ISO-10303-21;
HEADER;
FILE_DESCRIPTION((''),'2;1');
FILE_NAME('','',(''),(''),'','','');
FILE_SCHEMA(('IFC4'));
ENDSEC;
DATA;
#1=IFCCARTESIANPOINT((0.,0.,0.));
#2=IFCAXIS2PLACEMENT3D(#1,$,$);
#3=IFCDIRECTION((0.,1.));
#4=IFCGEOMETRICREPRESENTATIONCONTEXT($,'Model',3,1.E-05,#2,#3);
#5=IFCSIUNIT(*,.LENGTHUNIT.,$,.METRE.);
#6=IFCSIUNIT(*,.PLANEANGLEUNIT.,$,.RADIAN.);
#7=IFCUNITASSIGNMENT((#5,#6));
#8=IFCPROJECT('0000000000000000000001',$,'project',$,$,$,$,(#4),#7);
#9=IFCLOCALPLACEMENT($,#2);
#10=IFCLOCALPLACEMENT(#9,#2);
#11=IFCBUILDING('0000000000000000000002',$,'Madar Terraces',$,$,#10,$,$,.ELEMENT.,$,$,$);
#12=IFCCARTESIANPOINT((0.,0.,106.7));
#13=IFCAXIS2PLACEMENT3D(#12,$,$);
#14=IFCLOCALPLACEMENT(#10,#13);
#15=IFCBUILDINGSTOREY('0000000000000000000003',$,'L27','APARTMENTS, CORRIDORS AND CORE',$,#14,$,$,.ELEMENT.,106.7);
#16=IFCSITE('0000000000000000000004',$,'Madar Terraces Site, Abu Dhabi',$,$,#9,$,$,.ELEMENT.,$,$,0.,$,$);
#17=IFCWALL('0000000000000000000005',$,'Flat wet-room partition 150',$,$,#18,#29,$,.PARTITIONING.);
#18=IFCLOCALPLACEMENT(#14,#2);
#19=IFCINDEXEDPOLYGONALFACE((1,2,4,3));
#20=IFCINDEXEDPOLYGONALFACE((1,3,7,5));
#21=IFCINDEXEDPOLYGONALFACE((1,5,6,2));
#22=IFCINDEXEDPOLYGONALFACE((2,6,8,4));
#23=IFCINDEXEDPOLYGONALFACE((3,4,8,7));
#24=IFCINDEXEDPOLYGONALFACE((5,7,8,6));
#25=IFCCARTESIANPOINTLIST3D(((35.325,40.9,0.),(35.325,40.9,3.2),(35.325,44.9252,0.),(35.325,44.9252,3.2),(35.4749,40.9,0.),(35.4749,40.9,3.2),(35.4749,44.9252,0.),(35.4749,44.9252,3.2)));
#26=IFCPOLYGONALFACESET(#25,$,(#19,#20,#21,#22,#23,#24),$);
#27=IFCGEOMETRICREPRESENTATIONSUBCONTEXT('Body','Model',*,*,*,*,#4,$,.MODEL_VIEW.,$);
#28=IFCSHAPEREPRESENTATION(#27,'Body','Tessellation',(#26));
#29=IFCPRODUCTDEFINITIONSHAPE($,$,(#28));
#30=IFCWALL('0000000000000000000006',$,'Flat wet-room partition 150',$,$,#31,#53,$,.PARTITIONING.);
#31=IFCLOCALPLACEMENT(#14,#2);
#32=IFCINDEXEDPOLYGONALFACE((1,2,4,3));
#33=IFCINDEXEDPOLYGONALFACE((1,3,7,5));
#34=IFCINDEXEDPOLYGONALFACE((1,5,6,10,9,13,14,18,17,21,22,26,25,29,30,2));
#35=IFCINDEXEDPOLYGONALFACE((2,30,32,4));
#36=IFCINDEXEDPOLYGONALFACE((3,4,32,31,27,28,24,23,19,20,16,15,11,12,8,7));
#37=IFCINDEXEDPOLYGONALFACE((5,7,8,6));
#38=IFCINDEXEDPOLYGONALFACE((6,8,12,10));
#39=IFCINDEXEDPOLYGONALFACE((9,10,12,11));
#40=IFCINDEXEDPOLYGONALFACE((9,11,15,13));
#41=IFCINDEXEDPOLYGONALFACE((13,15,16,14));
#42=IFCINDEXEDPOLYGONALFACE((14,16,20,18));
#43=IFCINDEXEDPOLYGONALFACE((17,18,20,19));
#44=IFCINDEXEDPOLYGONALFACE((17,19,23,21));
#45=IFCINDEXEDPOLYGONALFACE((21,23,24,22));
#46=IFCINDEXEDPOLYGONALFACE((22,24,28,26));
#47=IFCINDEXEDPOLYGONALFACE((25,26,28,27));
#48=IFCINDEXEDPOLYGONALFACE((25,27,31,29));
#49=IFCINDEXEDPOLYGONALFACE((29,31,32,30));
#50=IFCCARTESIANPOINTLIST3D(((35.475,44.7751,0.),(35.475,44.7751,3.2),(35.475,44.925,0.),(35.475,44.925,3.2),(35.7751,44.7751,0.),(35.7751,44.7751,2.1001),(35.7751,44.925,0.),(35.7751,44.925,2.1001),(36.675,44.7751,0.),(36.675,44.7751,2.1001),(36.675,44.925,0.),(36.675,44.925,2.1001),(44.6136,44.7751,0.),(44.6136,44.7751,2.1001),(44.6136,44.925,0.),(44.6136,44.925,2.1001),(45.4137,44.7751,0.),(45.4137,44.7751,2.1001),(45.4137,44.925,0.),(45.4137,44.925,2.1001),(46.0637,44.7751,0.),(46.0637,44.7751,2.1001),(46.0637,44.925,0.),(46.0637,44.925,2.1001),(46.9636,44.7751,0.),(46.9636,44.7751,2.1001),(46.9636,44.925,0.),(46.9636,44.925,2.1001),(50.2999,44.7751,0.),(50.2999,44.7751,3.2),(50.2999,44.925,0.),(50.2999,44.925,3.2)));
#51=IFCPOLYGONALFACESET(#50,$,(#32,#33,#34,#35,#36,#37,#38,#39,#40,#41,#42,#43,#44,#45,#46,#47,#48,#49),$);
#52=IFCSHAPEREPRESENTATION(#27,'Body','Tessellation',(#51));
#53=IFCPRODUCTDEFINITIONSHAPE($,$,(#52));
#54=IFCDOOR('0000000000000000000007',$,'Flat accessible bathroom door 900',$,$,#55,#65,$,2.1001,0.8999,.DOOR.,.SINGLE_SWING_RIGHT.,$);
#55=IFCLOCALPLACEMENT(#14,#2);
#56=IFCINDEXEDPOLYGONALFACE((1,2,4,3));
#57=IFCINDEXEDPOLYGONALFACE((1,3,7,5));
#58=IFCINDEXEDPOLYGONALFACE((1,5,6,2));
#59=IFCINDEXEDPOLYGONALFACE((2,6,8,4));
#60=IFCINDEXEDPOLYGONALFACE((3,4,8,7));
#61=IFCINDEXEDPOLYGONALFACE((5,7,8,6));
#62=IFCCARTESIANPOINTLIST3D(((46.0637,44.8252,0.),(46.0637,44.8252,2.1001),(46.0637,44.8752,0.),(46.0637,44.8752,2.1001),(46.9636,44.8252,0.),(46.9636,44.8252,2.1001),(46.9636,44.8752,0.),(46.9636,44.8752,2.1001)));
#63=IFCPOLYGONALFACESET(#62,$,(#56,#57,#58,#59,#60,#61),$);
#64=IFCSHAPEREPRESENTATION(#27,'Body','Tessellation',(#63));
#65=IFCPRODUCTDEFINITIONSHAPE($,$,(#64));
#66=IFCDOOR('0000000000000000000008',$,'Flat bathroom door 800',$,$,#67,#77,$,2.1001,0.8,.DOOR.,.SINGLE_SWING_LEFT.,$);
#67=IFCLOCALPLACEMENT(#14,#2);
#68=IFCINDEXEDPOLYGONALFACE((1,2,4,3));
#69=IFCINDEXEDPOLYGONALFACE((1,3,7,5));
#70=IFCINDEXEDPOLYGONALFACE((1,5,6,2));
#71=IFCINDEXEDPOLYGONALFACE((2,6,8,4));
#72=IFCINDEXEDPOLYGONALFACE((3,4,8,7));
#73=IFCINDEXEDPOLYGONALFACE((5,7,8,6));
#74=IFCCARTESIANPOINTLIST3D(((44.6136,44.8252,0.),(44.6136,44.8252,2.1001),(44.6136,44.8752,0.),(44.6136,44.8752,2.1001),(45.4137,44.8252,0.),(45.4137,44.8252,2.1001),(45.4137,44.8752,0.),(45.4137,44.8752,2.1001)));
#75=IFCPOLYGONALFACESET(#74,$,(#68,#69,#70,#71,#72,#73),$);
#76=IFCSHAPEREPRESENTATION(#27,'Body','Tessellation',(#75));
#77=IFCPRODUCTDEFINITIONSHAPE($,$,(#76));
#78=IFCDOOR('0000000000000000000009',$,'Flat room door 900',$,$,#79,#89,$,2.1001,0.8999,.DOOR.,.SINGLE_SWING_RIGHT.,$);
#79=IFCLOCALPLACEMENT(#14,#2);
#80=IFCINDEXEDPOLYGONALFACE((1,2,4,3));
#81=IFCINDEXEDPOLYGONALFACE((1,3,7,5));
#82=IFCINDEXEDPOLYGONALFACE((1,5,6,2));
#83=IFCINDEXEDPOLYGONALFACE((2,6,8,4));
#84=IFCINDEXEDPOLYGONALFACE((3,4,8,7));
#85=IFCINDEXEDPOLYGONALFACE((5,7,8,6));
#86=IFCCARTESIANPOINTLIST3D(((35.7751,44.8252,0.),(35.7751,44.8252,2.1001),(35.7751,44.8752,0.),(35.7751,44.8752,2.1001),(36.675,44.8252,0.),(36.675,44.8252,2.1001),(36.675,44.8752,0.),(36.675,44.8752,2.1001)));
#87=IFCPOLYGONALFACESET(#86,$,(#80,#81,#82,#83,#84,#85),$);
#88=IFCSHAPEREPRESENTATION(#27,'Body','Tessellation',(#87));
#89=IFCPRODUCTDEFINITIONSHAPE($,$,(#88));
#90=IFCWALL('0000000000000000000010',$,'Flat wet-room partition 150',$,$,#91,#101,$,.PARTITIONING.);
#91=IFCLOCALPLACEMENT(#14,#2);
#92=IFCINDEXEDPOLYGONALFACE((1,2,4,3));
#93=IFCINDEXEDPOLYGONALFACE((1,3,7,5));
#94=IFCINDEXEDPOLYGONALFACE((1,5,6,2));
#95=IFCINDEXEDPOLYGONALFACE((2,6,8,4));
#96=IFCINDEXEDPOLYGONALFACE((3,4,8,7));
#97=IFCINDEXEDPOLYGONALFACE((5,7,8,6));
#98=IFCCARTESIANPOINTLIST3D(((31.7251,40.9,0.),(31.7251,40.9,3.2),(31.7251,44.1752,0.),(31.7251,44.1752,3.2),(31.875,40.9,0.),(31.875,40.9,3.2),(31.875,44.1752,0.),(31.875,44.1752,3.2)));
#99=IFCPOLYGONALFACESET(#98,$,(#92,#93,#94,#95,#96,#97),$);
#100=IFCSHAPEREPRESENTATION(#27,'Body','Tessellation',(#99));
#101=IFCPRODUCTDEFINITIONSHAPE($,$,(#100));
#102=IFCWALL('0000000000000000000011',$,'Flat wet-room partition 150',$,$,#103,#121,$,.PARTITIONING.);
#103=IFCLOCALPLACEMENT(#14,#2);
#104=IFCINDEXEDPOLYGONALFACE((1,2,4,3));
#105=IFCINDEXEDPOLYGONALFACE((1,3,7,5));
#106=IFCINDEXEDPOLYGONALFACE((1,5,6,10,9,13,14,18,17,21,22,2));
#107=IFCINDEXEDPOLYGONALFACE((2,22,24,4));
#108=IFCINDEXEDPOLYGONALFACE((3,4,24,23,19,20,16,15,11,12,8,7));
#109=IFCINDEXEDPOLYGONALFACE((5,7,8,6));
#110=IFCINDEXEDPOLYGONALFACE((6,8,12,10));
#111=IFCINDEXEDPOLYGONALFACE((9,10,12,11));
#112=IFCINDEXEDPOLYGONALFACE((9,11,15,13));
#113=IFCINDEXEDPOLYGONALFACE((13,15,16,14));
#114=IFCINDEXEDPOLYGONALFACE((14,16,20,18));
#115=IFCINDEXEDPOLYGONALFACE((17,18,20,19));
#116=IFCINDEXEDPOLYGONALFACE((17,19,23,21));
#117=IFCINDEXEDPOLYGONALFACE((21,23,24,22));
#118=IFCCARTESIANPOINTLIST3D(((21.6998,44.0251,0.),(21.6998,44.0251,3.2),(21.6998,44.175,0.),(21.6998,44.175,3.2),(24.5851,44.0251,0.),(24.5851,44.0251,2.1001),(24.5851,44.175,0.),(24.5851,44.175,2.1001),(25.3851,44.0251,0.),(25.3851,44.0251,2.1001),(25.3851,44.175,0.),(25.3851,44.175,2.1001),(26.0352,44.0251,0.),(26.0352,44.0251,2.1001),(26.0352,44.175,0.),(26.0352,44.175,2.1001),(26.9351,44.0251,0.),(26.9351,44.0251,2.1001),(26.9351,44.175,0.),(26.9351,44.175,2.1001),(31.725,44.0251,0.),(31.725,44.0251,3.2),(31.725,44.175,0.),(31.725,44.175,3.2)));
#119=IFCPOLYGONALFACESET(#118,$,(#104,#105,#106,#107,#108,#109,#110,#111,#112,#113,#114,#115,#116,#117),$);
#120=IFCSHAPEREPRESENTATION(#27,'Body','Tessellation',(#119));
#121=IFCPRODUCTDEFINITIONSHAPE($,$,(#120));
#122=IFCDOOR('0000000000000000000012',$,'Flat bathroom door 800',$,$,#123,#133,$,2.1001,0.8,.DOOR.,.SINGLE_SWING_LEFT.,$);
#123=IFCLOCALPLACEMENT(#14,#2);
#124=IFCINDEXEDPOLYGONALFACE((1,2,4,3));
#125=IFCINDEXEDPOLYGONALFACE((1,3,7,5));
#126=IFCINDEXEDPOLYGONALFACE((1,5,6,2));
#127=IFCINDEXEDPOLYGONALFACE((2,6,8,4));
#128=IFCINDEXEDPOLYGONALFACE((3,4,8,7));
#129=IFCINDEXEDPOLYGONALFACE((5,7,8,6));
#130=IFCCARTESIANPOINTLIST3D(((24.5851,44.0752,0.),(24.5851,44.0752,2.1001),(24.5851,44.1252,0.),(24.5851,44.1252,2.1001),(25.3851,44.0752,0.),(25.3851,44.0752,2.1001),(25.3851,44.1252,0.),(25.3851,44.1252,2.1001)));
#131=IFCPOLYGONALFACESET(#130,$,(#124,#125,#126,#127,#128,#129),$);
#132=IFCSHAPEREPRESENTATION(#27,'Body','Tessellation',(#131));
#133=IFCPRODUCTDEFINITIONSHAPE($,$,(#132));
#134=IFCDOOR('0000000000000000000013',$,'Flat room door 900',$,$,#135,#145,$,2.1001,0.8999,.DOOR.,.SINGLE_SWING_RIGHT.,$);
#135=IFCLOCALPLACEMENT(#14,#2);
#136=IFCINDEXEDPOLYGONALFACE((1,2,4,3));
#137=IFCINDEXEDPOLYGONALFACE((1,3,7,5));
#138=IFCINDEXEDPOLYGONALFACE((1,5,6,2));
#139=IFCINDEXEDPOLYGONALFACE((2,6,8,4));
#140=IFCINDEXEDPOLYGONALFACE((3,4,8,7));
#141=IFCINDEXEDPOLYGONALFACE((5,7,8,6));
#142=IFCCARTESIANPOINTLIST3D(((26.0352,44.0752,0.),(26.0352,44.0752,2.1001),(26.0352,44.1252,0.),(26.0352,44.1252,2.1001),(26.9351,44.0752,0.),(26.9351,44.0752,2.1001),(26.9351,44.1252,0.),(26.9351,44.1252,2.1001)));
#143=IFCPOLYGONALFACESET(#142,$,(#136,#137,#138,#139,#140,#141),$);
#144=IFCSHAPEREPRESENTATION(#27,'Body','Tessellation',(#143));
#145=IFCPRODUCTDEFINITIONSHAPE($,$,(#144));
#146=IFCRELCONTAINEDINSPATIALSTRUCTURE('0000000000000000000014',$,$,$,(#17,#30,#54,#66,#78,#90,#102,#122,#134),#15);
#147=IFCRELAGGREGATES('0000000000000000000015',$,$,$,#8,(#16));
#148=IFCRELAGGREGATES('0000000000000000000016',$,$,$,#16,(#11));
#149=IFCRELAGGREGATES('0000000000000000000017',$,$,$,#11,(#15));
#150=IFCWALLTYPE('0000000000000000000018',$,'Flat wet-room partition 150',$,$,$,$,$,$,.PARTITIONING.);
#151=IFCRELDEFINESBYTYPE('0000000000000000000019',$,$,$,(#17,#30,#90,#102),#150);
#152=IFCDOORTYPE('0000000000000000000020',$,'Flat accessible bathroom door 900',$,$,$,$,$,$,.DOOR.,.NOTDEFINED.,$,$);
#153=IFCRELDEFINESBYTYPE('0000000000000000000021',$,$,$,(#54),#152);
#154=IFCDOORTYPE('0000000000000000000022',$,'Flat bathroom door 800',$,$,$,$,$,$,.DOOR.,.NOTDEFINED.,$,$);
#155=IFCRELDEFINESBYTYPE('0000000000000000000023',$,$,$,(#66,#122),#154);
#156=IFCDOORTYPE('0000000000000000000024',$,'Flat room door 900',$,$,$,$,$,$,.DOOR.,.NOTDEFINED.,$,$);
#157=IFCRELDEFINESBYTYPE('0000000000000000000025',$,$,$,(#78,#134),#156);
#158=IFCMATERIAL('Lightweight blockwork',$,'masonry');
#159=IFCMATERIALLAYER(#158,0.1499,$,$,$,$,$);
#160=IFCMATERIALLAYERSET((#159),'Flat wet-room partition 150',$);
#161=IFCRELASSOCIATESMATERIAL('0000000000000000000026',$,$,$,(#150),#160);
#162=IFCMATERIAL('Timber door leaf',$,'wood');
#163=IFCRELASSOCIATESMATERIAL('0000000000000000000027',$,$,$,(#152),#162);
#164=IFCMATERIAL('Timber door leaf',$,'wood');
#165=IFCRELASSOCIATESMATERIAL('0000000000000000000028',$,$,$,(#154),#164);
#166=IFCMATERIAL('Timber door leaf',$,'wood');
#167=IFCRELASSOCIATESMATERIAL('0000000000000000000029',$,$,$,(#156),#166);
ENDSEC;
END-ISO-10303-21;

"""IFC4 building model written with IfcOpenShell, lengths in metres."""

from ifc_helpers import new_model, si_unit, direction, frame, frame_2d, origin, place, context, subcontext, project, spatial, rectangle, extrude, material, layer, layer_set, type_object, element, fill, save


model = new_model("IFC4")

# Units and contexts
model_context = context("Model", 3, precision=1e-05, world=origin(), true_north=direction((0.0, 1.0)))
body_context = subcontext(model_context, "Body", "Model", "MODEL_VIEW")
ifc_project = project(units=[si_unit("LENGTHUNIT", "METRE"), si_unit("PLANEANGLEUNIT", "RADIAN")], contexts=[model_context])

# Site, building, storey
site_placement = place(None, origin())
site = spatial("IfcSite", under=ifc_project, at=site_placement, Name="Madar Terraces Site, Abu Dhabi", CompositionType="ELEMENT", RefElevation=0.0)
building_placement = place(site_placement, origin())
building = spatial("IfcBuilding", under=site, at=building_placement, Name="Madar Terraces", CompositionType="ELEMENT")
storey_placement = place(building_placement, frame((0.0, 0.0, 106.7)))
storey = spatial("IfcBuildingStorey", under=building, at=storey_placement, Name="L27", Description="APARTMENTS, CORRIDORS AND CORE", CompositionType="ELEMENT", Elevation=106.7)

# Wall
ifc_material_1 = material(Name="Lightweight blockwork", Category="masonry")
ifc_layer_1 = layer(ifc_material_1, 0.1499)
ifc_layer_set_1 = layer_set([ifc_layer_1], Name="Flat wet-room partition 150")
wall_type_1 = type_object("IfcWallType", Name="Flat wet-room partition 150", PredefinedType="PARTITIONING", material=ifc_layer_set_1)
wall_1_placement = place(storey_placement, frame((35.3999, 40.8999, 0.0), z_axis=(0.0, 0.0, 1.0), x_axis=(0.0, 1.0, 0.0)))
element("IfcWall", 1, at=wall_1_placement, inside=storey, type_object=wall_type_1, Name="Flat wet-room partition 150", PredefinedType="PARTITIONING", context=body_context, shape_type="SweptSolid", body=[
    extrude(rectangle(XDim=4.0251, YDim=0.1499, at=frame_2d((2.0127, 0.0))), origin(), (0.0, 0.0, 1.0), 3.2),
])

# Wall, openings, doors
wall_2_placement = place(storey_placement, frame((50.3, 44.8501, 0.0), z_axis=(0.0, 0.0, 1.0), x_axis=(-1.0, 0.0, 0.0)))
wall_2 = element("IfcWall", 2, at=wall_2_placement, inside=storey, type_object=wall_type_1, Name="Flat wet-room partition 150", PredefinedType="PARTITIONING", context=body_context, shape_type="SweptSolid", body=[
    extrude(rectangle(XDim=14.825, YDim=0.1499, at=frame_2d((7.4126, 0.0))), origin(), (0.0, 0.0, 1.0), 3.2),
])
opening_1_placement = place(wall_2_placement, frame((13.625, 0.0, 0.0)))
opening_1 = element("IfcOpeningElement", 3, at=opening_1_placement, cuts=wall_2, PredefinedType="OPENING", context=body_context, shape_type="SweptSolid", body=[
    extrude(rectangle(XDim=0.8999, YDim=2.1001, at=frame_2d((0.45, 1.05))), frame((0.0, 0.085, 0.0), z_axis=(0.0, -1.0, 0.0), x_axis=(1.0, 0.0, 0.0)), (0.0, 0.0, 1.0), 0.1699),
])
opening_2_placement = place(wall_2_placement, frame((4.8865, 0.0, 0.0)))
opening_2 = element("IfcOpeningElement", 4, at=opening_2_placement, cuts=wall_2, PredefinedType="OPENING", context=body_context, shape_type="SweptSolid", body=[
    extrude(rectangle(XDim=0.8, YDim=2.1001, at=frame_2d((0.3999, 1.05))), frame((0.0, 0.085, 0.0), z_axis=(0.0, -1.0, 0.0), x_axis=(1.0, 0.0, 0.0)), (0.0, 0.0, 1.0), 0.1699),
])
opening_3_placement = place(wall_2_placement, frame((3.3364, 0.0, 0.0)))
opening_3 = element("IfcOpeningElement", 5, at=opening_3_placement, cuts=wall_2, PredefinedType="OPENING", context=body_context, shape_type="SweptSolid", body=[
    extrude(rectangle(XDim=0.8999, YDim=2.1001, at=frame_2d((0.45, 1.05))), frame((0.0, 0.085, 0.0), z_axis=(0.0, -1.0, 0.0), x_axis=(1.0, 0.0, 0.0)), (0.0, 0.0, 1.0), 0.1699),
])
ifc_material_2 = material(Name="Timber door leaf", Category="wood")
door_type_1 = type_object("IfcDoorType", Name="Flat accessible bathroom door 900", OperationType="NOTDEFINED", PredefinedType="DOOR", material=ifc_material_2)
door_1_placement = place(opening_3_placement, origin())
door_1 = element("IfcDoor", 6, at=door_1_placement, inside=storey, type_object=door_type_1, Name="Flat accessible bathroom door 900", OperationType="SINGLE_SWING_RIGHT", OverallHeight=2.1001, OverallWidth=0.8999, PredefinedType="DOOR", context=body_context, shape_type="SweptSolid", body=[
    extrude(rectangle(XDim=0.8999, YDim=2.1001, at=frame_2d((0.45, 1.05))), frame((0.0, 0.0249, 0.0), z_axis=(0.0, -1.0, 0.0), x_axis=(1.0, 0.0, 0.0)), (0.0, 0.0, 1.0), 0.05),
])
fill(opening_3, door_1)
ifc_material_3 = material(Name="Timber door leaf", Category="wood")
door_type_2 = type_object("IfcDoorType", Name="Flat bathroom door 800", OperationType="NOTDEFINED", PredefinedType="DOOR", material=ifc_material_3)
door_2_placement = place(opening_2_placement, origin())
door_2 = element("IfcDoor", 7, at=door_2_placement, inside=storey, type_object=door_type_2, Name="Flat bathroom door 800", OperationType="SINGLE_SWING_LEFT", OverallHeight=2.1001, OverallWidth=0.8, PredefinedType="DOOR", context=body_context, shape_type="SweptSolid", body=[
    extrude(rectangle(XDim=0.8, YDim=2.1001, at=frame_2d((0.3999, 1.05))), frame((0.0, 0.0249, 0.0), z_axis=(0.0, -1.0, 0.0), x_axis=(1.0, 0.0, 0.0)), (0.0, 0.0, 1.0), 0.05),
])
fill(opening_2, door_2)
ifc_material_4 = material(Name="Timber door leaf", Category="wood")
door_type_3 = type_object("IfcDoorType", Name="Flat room door 900", OperationType="NOTDEFINED", PredefinedType="DOOR", material=ifc_material_4)
door_3_placement = place(opening_1_placement, origin())
door_3 = element("IfcDoor", 8, at=door_3_placement, inside=storey, type_object=door_type_3, Name="Flat room door 900", OperationType="SINGLE_SWING_RIGHT", OverallHeight=2.1001, OverallWidth=0.8999, PredefinedType="DOOR", context=body_context, shape_type="SweptSolid", body=[
    extrude(rectangle(XDim=0.8999, YDim=2.1001, at=frame_2d((0.45, 1.05))), frame((0.0, 0.0249, 0.0), z_axis=(0.0, -1.0, 0.0), x_axis=(1.0, 0.0, 0.0)), (0.0, 0.0, 1.0), 0.05),
])
fill(opening_1, door_3)

# Wall
wall_3_placement = place(storey_placement, frame((31.8, 40.8999, 0.0), z_axis=(0.0, 0.0, 1.0), x_axis=(0.0, 1.0, 0.0)))
element("IfcWall", 9, at=wall_3_placement, inside=storey, type_object=wall_type_1, Name="Flat wet-room partition 150", PredefinedType="PARTITIONING", context=body_context, shape_type="SweptSolid", body=[
    extrude(rectangle(XDim=3.2751, YDim=0.1499, at=frame_2d((1.6377, 0.0))), origin(), (0.0, 0.0, 1.0), 3.2),
])

# Wall, openings, doors
wall_4_placement = place(storey_placement, frame((31.7251, 44.1001, 0.0), z_axis=(0.0, 0.0, 1.0), x_axis=(-1.0, 0.0, 0.0)))
wall_4 = element("IfcWall", 10, at=wall_4_placement, inside=storey, type_object=wall_type_1, Name="Flat wet-room partition 150", PredefinedType="PARTITIONING", context=body_context, shape_type="SweptSolid", body=[
    extrude(rectangle(XDim=10.0251, YDim=0.1499, at=frame_2d((5.0127, 0.0))), origin(), (0.0, 0.0, 1.0), 3.2),
])
opening_4_placement = place(wall_4_placement, frame((4.79, 0.0, 0.0)))
opening_4 = element("IfcOpeningElement", 11, at=opening_4_placement, cuts=wall_4, PredefinedType="OPENING", context=body_context, shape_type="SweptSolid", body=[
    extrude(rectangle(XDim=0.8999, YDim=2.1001, at=frame_2d((0.45, 1.05))), frame((0.0, 0.085, 0.0), z_axis=(0.0, -1.0, 0.0), x_axis=(1.0, 0.0, 0.0)), (0.0, 0.0, 1.0), 0.1699),
])
opening_5_placement = place(wall_4_placement, frame((6.3401, 0.0, 0.0)))
opening_5 = element("IfcOpeningElement", 12, at=opening_5_placement, cuts=wall_4, PredefinedType="OPENING", context=body_context, shape_type="SweptSolid", body=[
    extrude(rectangle(XDim=0.8, YDim=2.1001, at=frame_2d((0.3999, 1.05))), frame((0.0, 0.085, 0.0), z_axis=(0.0, -1.0, 0.0), x_axis=(1.0, 0.0, 0.0)), (0.0, 0.0, 1.0), 0.1699),
])
door_4_placement = place(opening_5_placement, origin())
door_4 = element("IfcDoor", 13, at=door_4_placement, inside=storey, type_object=door_type_2, Name="Flat bathroom door 800", OperationType="SINGLE_SWING_LEFT", OverallHeight=2.1001, OverallWidth=0.8, PredefinedType="DOOR", context=body_context, shape_type="SweptSolid", body=[
    extrude(rectangle(XDim=0.8, YDim=2.1001, at=frame_2d((0.3999, 1.05))), frame((0.0, 0.0249, 0.0), z_axis=(0.0, -1.0, 0.0), x_axis=(1.0, 0.0, 0.0)), (0.0, 0.0, 1.0), 0.05),
])
fill(opening_5, door_4)
door_5_placement = place(opening_4_placement, origin())
door_5 = element("IfcDoor", 14, at=door_5_placement, inside=storey, type_object=door_type_3, Name="Flat room door 900", OperationType="SINGLE_SWING_RIGHT", OverallHeight=2.1001, OverallWidth=0.8999, PredefinedType="DOOR", context=body_context, shape_type="SweptSolid", body=[
    extrude(rectangle(XDim=0.8999, YDim=2.1001, at=frame_2d((0.45, 1.05))), frame((0.0, 0.0249, 0.0), z_axis=(0.0, -1.0, 0.0), x_axis=(1.0, 0.0, 0.0)), (0.0, 0.0, 1.0), 0.05),
])
fill(opening_4, door_5)

save(model, "model.ifc")
